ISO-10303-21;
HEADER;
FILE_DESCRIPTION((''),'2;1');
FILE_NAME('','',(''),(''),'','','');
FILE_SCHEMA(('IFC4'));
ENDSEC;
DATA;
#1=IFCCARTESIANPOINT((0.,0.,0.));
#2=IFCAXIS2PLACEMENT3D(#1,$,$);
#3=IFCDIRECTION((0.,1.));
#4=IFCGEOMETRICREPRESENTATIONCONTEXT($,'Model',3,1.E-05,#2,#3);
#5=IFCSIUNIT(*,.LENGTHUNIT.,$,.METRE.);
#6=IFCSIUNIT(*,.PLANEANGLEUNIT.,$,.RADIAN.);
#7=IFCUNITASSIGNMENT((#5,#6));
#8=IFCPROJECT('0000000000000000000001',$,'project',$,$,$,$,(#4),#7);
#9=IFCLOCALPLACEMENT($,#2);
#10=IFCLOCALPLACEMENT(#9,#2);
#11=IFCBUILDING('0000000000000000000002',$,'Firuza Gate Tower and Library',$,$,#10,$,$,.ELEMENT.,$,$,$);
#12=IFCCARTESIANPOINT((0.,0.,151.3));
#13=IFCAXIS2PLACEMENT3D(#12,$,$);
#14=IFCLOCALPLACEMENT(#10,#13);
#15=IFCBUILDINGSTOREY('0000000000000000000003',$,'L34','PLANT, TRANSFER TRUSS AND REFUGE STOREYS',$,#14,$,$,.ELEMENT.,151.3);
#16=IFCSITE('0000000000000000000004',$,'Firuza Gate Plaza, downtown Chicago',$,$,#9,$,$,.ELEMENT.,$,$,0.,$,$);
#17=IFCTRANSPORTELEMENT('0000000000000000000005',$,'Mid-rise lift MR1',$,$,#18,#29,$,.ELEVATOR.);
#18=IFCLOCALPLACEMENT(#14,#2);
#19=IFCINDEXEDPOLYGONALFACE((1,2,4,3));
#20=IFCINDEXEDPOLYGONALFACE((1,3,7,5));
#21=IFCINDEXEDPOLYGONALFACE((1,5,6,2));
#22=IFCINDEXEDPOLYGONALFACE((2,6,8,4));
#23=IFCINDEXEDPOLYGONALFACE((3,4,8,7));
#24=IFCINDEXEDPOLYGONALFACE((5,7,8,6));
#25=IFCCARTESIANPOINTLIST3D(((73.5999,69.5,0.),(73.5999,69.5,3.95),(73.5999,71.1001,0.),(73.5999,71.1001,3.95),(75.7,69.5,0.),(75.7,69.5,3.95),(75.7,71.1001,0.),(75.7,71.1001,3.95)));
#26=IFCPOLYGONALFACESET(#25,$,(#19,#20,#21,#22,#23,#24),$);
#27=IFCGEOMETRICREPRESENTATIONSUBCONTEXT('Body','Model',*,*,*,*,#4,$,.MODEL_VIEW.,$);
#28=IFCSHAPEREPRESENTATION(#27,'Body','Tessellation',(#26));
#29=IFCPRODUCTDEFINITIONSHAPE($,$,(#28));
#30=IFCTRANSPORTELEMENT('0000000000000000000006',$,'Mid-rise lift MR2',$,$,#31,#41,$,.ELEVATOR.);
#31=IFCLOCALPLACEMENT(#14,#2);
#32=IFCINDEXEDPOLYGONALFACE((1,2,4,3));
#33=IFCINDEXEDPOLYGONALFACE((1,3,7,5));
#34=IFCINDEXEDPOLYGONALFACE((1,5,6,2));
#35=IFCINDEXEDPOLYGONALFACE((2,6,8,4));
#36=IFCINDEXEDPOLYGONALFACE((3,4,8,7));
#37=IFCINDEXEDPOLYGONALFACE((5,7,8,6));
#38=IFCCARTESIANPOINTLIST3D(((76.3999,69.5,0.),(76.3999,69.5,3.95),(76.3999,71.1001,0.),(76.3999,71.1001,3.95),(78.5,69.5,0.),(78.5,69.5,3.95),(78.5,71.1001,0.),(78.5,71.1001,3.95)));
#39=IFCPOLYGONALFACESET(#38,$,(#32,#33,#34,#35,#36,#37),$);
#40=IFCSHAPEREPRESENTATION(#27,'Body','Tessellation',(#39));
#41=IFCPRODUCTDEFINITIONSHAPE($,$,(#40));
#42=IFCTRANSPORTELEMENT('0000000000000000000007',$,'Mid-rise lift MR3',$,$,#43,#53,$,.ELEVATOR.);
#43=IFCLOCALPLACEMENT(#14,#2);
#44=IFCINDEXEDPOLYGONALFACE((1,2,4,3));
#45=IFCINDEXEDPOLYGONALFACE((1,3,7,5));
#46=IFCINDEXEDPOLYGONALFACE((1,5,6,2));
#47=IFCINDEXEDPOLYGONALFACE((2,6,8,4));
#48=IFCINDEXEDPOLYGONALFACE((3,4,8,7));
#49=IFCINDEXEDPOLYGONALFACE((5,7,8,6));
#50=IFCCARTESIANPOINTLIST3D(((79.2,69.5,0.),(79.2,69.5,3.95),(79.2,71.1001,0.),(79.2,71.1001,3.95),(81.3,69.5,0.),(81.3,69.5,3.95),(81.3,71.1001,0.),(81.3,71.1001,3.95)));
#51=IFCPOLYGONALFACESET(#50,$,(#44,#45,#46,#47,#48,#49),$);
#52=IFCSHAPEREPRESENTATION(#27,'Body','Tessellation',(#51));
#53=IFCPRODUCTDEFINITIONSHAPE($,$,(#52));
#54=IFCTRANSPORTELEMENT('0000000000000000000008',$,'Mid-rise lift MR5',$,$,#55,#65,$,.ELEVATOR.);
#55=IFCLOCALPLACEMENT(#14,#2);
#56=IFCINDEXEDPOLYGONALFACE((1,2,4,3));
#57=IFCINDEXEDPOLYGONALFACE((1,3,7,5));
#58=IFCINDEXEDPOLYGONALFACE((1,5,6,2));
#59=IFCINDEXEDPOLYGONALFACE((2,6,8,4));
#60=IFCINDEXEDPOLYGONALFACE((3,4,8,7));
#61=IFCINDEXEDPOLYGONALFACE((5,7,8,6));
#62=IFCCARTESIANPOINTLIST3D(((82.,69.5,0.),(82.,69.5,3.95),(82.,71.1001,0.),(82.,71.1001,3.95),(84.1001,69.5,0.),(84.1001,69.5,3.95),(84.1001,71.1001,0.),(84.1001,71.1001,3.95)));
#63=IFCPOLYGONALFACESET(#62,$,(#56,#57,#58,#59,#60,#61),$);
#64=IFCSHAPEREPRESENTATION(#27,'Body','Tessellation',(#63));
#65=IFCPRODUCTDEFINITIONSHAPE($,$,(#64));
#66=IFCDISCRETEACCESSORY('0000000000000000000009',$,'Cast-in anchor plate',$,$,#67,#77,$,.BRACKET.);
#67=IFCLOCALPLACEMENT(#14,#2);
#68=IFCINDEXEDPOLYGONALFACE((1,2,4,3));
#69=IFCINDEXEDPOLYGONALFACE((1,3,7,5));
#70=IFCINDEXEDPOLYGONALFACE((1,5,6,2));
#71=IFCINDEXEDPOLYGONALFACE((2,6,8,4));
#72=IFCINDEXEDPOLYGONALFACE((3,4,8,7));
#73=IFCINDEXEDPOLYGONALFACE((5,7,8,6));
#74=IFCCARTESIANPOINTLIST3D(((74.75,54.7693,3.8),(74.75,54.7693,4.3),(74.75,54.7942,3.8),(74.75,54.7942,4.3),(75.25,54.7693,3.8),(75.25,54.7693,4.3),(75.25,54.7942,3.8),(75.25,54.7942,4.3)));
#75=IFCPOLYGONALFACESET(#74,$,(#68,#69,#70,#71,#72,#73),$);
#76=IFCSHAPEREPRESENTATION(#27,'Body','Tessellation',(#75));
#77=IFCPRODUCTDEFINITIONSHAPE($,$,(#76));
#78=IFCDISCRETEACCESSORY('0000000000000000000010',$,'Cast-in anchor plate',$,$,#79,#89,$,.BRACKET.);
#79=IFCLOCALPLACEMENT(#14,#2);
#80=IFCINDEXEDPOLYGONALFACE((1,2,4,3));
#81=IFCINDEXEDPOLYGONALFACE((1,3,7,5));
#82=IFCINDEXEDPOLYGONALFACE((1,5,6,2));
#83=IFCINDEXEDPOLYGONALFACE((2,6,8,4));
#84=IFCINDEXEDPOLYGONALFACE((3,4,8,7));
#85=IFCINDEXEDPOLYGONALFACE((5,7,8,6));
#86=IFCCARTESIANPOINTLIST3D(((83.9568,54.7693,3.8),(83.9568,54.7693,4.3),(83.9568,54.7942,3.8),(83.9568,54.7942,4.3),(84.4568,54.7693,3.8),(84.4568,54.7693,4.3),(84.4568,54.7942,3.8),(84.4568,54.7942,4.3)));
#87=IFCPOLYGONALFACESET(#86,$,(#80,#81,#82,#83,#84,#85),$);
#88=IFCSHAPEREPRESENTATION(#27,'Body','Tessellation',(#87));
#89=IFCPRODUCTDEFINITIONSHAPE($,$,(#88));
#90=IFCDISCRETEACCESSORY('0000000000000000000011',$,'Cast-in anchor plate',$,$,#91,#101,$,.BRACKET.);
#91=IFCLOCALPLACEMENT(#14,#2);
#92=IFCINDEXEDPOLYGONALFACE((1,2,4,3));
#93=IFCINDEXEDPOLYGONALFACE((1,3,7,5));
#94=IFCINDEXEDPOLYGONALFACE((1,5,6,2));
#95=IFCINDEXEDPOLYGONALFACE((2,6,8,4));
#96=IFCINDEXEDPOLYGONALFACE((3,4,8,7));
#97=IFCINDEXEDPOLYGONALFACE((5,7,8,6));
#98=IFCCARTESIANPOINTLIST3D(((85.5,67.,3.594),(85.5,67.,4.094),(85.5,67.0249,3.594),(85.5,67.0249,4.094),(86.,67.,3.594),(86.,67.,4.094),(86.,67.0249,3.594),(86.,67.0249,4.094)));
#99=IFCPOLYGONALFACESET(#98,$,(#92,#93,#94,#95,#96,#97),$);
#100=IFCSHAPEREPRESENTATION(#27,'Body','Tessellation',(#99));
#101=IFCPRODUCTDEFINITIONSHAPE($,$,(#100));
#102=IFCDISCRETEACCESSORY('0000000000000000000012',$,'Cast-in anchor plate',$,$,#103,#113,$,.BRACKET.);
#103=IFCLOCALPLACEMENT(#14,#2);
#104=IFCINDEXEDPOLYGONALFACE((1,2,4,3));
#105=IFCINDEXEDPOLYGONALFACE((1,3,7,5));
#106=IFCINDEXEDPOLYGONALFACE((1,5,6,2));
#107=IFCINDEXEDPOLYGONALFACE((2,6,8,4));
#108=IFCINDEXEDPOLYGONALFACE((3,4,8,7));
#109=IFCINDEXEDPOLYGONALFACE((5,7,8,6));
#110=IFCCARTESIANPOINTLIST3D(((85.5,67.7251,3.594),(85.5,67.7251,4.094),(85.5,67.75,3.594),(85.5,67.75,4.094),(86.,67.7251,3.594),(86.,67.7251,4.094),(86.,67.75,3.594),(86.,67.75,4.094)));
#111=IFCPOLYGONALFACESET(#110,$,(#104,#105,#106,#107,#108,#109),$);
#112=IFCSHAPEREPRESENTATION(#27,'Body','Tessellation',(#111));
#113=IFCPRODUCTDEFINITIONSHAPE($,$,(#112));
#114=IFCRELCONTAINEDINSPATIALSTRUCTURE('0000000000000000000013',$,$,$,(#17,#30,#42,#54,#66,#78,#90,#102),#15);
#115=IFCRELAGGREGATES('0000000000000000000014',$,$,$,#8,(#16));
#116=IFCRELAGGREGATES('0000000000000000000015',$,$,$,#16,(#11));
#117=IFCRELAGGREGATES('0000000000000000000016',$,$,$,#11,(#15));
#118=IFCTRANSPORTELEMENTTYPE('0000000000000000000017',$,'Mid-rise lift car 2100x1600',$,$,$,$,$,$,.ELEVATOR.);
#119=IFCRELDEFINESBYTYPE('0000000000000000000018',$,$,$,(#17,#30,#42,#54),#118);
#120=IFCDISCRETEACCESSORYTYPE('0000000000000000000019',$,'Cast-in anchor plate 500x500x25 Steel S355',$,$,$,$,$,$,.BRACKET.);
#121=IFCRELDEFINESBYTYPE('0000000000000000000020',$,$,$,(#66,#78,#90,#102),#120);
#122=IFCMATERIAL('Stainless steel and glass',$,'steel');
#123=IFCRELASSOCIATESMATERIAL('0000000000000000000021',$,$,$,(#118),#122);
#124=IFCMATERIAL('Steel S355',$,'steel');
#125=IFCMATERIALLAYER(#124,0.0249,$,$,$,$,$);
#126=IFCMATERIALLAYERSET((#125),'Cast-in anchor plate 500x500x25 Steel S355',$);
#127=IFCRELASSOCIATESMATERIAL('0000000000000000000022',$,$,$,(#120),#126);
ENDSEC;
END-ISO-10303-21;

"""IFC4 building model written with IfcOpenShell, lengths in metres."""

from ifc_helpers import new_model, si_unit, direction, frame, origin, origin_2d, place, context, subcontext, project, spatial, rectangle, extrude, material, layer, layer_set, type_object, element, save


model = new_model("IFC4")

# Units and contexts
model_context = context("Model", 3, precision=1e-05, world=origin(), true_north=direction((0.0, 1.0)))
body_context = subcontext(model_context, "Body", "Model", "MODEL_VIEW")
ifc_project = project(units=[si_unit("LENGTHUNIT", "METRE"), si_unit("PLANEANGLEUNIT", "RADIAN")], contexts=[model_context])

# Site, building, storey
site_placement = place(None, origin())
site = spatial("IfcSite", under=ifc_project, at=site_placement, Name="Firuza Gate Plaza, downtown Chicago", CompositionType="ELEMENT", RefElevation=0.0)
building_placement = place(site_placement, origin())
building = spatial("IfcBuilding", under=site, at=building_placement, Name="Firuza Gate Tower and Library", CompositionType="ELEMENT")
storey_placement = place(building_placement, frame((0.0, 0.0, 151.3)))
storey = spatial("IfcBuildingStorey", under=building, at=storey_placement, Name="L34", Description="PLANT, TRANSFER TRUSS AND REFUGE STOREYS", CompositionType="ELEMENT", Elevation=151.3)

# Transport elements
ifc_material_1 = material(Name="Stainless steel and glass", Category="steel")
transport_element_type = type_object("IfcTransportElementType", Name="Mid-rise lift car 2100x1600", PredefinedType="ELEVATOR", material=ifc_material_1)
for number, where, z_axis, x_axis, name in (
    (1, (74.6499, 70.3, 0.0), (0.0, 0.0, 1.0), (1.0, 0.0, 0.0), "Mid-rise lift MR1"),
    (2, (77.45, 70.3, 0.0), (0.0, 0.0, 1.0), (1.0, 0.0, 0.0), "Mid-rise lift MR2"),
    (3, (80.25, 70.3, 0.0), (0.0, 0.0, 1.0), (1.0, 0.0, 0.0), "Mid-rise lift MR3"),
    (4, (83.05, 70.3, 0.0), (0.0, 0.0, 1.0), (1.0, 0.0, 0.0), "Mid-rise lift MR5"),
):
    element("IfcTransportElement", number, at=place(storey_placement, frame(where, z_axis=z_axis, x_axis=x_axis)), inside=storey, type_object=transport_element_type, Name=name, PredefinedType="ELEVATOR", context=body_context, shape_type="SweptSolid", body=[
        extrude(rectangle(XDim=2.1001, YDim=1.6001, at=origin_2d()), origin(), (0.0, 0.0, 1.0), 3.95),
    ])

# Discrete accessories
ifc_material_2 = material(Name="Steel S355", Category="steel")
ifc_layer_1 = layer(ifc_material_2, 0.0249)
ifc_layer_set_1 = layer_set([ifc_layer_1], Name="Cast-in anchor plate 500x500x25 Steel S355")
discrete_accessory_type = type_object("IfcDiscreteAccessoryType", Name="Cast-in anchor plate 500x500x25 Steel S355", PredefinedType="BRACKET", material=ifc_layer_set_1)
for number, where, z_axis, x_axis, name in (
    (5, (75.0, 54.7817, 3.8), (0.0, 0.0, 1.0), (1.0, 0.0, 0.0), "Cast-in anchor plate"),
    (6, (84.2068, 54.7817, 3.8), (0.0, 0.0, 1.0), (1.0, 0.0, 0.0), "Cast-in anchor plate"),
    (7, (85.75, 67.0125, 3.594), (0.0, 0.0, 1.0), (1.0, 0.0, 0.0), "Cast-in anchor plate"),
    (8, (85.75, 67.7375, 3.594), (0.0, 0.0, 1.0), (1.0, 0.0, 0.0), "Cast-in anchor plate"),
):
    element("IfcDiscreteAccessory", number, at=place(storey_placement, frame(where, z_axis=z_axis, x_axis=x_axis)), inside=storey, type_object=discrete_accessory_type, Name=name, PredefinedType="BRACKET", context=body_context, shape_type="SweptSolid", body=[
        extrude(rectangle(XDim=0.5, YDim=0.0249, at=origin_2d()), origin(), (0.0, 0.0, 1.0), 0.5),
    ])

save(model, "model.ifc")
